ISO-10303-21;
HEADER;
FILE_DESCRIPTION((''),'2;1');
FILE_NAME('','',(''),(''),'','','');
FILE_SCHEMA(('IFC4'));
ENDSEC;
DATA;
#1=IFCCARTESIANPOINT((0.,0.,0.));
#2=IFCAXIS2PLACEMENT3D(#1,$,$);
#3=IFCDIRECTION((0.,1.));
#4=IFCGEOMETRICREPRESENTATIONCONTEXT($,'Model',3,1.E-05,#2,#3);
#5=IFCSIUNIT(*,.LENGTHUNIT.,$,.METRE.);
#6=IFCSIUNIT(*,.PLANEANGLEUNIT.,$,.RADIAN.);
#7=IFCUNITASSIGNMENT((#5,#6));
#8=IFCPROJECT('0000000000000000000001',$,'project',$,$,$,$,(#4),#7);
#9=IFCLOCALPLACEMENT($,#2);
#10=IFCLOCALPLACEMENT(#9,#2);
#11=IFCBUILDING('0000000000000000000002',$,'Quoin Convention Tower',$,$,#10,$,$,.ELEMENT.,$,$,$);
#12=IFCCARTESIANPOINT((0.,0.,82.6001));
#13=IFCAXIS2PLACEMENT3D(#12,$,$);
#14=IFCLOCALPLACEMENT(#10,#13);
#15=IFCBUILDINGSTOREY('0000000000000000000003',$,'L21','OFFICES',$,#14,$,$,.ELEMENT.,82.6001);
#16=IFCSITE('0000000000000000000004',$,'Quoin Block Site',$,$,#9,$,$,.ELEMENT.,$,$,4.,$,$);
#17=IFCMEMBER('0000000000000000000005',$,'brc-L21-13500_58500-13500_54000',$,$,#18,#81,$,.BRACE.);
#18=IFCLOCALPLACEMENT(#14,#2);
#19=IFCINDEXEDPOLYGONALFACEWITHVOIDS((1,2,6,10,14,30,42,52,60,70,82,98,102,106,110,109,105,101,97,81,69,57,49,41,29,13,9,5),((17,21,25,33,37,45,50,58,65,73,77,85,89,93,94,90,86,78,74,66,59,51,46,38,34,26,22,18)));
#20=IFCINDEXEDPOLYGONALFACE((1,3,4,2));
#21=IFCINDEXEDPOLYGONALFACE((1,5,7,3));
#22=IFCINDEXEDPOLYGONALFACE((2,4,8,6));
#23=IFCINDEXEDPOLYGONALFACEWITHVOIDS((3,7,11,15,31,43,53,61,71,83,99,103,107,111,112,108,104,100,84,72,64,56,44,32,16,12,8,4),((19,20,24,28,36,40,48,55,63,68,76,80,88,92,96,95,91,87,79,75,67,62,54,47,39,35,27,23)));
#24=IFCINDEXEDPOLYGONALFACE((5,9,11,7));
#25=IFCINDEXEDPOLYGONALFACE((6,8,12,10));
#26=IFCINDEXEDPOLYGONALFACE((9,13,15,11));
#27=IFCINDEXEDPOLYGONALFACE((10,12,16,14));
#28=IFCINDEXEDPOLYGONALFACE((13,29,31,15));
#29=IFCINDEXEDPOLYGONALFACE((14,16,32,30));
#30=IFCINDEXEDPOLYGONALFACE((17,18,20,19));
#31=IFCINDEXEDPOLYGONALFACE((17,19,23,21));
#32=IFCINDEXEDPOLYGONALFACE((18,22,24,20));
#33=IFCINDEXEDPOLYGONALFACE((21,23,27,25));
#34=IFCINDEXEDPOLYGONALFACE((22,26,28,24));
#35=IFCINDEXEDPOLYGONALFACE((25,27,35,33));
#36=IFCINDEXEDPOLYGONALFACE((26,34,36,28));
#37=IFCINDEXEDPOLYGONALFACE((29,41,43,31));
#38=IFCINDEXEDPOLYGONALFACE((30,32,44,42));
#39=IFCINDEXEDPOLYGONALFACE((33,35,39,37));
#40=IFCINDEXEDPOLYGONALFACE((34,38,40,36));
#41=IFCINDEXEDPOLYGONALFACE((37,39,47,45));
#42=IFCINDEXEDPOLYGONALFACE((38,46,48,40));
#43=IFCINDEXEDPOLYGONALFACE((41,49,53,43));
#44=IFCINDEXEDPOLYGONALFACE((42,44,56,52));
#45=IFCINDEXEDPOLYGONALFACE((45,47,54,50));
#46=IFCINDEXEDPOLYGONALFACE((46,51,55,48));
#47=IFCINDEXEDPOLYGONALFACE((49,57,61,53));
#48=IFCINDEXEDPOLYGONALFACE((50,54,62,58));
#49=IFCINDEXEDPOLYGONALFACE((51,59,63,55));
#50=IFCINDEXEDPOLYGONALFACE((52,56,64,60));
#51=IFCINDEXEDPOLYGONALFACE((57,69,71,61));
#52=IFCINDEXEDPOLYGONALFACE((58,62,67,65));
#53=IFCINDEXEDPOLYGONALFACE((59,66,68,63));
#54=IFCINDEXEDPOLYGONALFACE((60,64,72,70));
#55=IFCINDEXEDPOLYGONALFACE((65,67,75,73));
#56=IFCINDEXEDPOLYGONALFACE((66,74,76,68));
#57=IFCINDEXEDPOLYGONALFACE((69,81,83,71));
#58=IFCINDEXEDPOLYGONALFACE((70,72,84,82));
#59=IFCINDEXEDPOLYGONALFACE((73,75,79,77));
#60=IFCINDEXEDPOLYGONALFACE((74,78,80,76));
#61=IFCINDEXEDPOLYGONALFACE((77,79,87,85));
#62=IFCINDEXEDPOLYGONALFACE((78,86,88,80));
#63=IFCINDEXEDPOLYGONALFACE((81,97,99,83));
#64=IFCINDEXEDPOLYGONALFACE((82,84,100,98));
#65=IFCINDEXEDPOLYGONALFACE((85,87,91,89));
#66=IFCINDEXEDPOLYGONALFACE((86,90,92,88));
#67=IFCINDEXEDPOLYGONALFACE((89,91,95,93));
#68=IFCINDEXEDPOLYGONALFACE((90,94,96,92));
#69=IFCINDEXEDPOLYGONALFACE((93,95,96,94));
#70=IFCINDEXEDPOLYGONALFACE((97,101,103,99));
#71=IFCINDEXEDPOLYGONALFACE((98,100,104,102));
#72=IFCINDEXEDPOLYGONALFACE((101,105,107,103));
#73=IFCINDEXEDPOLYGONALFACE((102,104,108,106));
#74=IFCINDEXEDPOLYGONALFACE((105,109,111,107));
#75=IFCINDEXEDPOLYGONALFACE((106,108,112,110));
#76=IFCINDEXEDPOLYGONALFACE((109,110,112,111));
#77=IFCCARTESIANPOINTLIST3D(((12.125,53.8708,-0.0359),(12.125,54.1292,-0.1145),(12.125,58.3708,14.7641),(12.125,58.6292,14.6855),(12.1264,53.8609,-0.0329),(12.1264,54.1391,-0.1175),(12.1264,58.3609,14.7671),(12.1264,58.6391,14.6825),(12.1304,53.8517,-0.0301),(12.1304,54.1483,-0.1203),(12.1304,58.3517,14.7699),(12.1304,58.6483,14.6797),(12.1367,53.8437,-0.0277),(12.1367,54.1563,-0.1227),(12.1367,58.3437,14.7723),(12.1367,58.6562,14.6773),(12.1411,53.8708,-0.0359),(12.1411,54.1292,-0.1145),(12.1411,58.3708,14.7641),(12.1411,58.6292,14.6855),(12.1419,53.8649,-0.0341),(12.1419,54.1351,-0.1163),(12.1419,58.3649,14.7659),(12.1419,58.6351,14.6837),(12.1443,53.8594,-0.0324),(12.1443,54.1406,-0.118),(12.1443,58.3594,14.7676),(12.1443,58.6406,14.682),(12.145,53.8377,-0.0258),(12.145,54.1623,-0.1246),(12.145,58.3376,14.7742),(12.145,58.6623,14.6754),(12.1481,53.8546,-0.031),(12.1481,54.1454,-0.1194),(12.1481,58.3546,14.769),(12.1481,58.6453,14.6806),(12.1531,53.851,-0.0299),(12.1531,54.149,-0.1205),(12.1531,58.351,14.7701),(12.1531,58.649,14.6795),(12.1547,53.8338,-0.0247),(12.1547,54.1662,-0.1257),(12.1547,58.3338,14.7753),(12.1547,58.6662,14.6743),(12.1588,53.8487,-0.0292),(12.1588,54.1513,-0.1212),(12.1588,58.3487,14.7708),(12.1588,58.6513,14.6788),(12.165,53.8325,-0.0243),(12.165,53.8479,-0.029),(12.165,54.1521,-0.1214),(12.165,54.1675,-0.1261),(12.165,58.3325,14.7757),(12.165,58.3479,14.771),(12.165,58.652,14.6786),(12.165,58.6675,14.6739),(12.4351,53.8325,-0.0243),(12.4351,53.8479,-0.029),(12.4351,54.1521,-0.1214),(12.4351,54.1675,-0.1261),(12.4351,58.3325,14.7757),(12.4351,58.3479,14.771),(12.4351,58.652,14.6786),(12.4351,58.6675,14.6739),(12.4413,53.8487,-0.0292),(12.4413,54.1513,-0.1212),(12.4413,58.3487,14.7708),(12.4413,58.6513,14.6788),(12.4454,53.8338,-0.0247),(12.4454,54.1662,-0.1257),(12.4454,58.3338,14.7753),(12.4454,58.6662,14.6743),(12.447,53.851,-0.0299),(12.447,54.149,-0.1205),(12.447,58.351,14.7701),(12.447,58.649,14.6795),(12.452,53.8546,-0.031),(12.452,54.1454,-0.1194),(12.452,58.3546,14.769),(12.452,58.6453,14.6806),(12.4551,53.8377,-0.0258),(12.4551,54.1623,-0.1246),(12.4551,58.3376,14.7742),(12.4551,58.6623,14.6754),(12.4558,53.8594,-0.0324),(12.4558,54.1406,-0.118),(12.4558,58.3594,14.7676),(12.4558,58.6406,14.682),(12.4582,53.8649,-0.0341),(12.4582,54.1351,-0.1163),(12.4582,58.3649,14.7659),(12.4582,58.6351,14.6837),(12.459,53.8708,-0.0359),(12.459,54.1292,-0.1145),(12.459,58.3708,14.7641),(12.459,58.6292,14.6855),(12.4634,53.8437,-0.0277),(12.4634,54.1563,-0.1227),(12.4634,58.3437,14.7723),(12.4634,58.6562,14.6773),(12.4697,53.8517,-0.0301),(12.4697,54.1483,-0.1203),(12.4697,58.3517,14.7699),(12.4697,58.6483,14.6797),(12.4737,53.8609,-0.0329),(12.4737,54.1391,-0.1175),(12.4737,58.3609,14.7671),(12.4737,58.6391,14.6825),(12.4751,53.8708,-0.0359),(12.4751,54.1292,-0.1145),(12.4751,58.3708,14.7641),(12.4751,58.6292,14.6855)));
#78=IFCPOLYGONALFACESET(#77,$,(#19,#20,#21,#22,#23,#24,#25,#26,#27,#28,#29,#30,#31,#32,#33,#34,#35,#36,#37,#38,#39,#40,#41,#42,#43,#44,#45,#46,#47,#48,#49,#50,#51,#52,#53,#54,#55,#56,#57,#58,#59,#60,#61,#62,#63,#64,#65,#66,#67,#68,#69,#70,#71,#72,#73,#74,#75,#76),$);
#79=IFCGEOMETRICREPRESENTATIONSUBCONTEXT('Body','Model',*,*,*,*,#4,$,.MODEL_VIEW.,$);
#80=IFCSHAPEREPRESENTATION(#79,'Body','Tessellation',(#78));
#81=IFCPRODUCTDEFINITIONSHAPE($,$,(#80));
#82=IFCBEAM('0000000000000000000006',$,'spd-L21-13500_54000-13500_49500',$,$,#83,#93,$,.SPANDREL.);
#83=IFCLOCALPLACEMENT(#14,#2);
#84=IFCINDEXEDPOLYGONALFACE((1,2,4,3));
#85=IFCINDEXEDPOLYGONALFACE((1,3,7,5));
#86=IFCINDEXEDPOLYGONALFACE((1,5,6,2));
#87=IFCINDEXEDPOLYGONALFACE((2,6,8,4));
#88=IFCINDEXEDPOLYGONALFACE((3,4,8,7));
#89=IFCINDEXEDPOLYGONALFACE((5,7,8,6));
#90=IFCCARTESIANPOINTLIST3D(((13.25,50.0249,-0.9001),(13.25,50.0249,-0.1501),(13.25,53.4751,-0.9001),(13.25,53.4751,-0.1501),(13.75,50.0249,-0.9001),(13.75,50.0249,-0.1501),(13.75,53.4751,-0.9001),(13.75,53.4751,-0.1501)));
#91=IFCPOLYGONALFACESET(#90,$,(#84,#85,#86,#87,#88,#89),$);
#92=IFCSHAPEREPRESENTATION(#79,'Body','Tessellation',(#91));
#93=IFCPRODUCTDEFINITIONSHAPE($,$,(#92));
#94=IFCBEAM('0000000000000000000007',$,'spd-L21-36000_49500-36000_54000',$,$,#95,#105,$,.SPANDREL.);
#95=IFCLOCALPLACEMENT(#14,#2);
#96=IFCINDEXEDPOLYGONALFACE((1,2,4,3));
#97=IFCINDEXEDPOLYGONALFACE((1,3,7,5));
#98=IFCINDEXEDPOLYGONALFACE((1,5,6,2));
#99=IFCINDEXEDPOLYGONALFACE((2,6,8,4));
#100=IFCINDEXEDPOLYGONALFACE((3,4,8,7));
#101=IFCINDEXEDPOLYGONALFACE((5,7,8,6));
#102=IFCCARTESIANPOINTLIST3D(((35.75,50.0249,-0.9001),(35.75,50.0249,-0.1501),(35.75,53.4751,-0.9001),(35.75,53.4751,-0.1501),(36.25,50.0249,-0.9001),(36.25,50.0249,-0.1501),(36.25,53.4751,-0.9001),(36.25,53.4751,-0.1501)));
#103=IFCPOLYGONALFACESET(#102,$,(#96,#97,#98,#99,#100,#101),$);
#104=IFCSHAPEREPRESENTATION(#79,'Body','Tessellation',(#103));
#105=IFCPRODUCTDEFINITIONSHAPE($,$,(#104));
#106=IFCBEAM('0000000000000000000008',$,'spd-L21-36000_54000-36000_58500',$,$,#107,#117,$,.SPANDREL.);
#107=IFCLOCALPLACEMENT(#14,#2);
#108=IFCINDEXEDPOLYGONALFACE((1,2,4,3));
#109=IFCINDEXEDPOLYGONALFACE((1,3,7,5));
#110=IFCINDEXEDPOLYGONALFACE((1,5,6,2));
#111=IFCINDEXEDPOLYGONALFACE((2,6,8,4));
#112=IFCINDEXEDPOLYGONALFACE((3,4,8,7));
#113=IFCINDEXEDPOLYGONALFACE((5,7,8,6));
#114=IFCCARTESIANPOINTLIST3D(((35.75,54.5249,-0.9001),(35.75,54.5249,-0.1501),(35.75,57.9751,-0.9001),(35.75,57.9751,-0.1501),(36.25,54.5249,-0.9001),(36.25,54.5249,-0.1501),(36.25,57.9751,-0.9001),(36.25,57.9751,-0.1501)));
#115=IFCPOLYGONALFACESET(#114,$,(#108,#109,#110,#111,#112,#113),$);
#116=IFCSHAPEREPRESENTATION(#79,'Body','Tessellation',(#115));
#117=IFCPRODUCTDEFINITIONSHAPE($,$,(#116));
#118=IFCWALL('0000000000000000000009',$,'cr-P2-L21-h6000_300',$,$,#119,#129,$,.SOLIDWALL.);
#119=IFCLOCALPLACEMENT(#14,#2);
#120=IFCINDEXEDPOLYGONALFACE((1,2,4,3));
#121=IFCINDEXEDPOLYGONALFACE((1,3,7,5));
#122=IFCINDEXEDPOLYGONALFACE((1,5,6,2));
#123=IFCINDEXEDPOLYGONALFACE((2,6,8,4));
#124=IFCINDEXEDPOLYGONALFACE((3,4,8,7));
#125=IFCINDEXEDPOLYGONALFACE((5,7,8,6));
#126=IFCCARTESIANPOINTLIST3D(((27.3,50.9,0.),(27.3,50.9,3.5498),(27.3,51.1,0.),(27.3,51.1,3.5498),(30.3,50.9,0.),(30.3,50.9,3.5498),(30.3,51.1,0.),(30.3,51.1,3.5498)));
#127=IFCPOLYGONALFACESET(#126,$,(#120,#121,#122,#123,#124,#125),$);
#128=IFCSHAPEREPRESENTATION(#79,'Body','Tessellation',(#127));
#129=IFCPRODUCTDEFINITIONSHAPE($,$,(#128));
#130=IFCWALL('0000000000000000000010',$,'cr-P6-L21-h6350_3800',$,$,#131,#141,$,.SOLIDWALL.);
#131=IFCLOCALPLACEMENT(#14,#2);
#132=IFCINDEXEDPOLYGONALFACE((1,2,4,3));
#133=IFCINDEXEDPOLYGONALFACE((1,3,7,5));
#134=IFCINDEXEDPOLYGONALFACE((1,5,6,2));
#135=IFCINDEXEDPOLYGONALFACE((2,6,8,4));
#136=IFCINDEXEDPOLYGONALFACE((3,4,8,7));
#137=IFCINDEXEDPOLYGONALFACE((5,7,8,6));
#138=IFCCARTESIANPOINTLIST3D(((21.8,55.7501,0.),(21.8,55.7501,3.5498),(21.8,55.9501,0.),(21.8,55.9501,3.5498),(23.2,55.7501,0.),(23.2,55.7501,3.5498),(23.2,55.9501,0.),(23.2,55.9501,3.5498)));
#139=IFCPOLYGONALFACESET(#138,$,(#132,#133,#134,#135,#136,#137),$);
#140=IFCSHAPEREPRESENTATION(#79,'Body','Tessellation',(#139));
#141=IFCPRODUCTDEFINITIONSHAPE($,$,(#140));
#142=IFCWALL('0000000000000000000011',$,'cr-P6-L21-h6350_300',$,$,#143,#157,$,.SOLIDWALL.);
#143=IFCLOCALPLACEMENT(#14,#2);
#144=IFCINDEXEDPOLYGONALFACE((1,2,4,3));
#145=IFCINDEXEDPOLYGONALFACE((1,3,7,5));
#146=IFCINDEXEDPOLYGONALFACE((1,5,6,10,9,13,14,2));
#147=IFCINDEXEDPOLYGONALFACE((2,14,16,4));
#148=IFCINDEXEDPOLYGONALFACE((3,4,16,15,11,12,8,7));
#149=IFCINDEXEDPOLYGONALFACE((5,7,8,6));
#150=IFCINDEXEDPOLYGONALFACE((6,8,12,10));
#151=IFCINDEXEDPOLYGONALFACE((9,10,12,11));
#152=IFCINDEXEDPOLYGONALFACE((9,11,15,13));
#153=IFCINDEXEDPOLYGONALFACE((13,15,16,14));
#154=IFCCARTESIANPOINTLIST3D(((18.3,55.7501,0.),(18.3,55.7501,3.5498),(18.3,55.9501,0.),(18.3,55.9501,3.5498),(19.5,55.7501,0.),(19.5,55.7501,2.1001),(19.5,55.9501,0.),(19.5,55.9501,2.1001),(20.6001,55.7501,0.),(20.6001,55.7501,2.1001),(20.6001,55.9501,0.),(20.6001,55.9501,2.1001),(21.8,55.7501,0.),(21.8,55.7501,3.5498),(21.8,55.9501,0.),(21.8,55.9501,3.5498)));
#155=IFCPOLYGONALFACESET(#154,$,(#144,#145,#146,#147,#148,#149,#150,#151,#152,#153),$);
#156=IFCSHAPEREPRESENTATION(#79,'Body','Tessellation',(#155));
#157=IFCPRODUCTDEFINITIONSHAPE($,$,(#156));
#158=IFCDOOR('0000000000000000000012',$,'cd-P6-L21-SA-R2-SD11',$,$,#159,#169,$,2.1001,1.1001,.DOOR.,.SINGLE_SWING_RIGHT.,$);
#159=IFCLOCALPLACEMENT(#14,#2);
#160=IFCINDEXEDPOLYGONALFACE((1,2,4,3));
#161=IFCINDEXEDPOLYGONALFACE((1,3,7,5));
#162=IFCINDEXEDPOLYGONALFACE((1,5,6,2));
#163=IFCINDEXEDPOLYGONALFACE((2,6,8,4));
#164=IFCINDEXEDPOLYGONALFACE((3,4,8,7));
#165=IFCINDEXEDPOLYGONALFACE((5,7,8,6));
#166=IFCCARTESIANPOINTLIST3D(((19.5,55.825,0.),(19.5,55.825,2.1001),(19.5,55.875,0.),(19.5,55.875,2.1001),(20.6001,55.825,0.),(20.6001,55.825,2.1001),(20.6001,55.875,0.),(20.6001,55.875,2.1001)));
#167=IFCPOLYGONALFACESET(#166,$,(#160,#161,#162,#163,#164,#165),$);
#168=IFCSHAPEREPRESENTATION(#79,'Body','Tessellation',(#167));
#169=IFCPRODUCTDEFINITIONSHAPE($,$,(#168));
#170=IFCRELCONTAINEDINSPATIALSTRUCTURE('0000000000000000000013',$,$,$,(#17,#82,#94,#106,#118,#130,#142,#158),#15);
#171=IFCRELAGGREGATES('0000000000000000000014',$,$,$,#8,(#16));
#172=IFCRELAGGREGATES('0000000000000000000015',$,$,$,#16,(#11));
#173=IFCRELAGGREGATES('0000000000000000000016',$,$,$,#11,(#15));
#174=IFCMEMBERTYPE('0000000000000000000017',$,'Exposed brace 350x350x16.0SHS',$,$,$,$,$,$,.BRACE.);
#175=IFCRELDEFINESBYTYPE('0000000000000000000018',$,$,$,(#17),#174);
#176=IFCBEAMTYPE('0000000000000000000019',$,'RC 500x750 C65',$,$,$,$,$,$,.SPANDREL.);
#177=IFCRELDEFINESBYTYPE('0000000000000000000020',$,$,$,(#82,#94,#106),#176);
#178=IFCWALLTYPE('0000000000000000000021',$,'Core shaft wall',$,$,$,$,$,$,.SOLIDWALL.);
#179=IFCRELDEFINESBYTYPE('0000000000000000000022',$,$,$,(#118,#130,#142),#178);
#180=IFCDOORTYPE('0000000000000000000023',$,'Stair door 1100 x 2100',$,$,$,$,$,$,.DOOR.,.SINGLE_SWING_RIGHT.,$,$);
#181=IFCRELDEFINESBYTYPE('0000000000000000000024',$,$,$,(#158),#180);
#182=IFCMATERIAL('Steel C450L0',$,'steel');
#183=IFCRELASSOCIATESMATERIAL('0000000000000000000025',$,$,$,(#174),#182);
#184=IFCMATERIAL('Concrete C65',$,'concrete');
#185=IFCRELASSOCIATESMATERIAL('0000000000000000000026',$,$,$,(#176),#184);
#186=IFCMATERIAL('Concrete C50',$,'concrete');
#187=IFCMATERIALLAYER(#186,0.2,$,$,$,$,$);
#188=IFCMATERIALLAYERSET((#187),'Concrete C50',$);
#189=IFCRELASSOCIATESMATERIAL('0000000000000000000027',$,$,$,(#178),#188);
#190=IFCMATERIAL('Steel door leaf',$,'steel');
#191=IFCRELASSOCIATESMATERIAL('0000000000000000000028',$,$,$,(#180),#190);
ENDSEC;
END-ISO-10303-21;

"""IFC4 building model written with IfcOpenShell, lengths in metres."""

from ifc_helpers import new_model, si_unit, direction, frame, frame_2d, origin, origin_2d, place, context, subcontext, project, spatial, rectangle, hollow_rectangle, extrude, material, layer, layer_set, material_profile, profile_set, type_object, element, fill, save


model = new_model("IFC4")

# Units and contexts
model_context = context("Model", 3, precision=1e-05, world=origin(), true_north=direction((0.0, 1.0)))
body_context = subcontext(model_context, "Body", "Model", "MODEL_VIEW")
ifc_project = project(units=[si_unit("LENGTHUNIT", "METRE"), si_unit("PLANEANGLEUNIT", "RADIAN")], contexts=[model_context])

# Site, building, storey
site_placement = place(None, origin())
site = spatial("IfcSite", under=ifc_project, at=site_placement, Name="Quoin Block Site", CompositionType="ELEMENT", RefElevation=4.0)
building_placement = place(site_placement, origin())
building = spatial("IfcBuilding", under=site, at=building_placement, Name="Quoin Convention Tower", CompositionType="ELEMENT")
storey_placement = place(building_placement, frame((0.0, 0.0, 82.6001)))
storey = spatial("IfcBuildingStorey", under=building, at=storey_placement, Name="L21", Description="OFFICES", CompositionType="ELEMENT", Elevation=82.6001)

# Shared definitions
ifc_material_1 = material(Name="Concrete C65", Category="concrete")

# Shared definitions
ifc_material_2 = material(Name="Steel C450L0", Category="steel")

# Member
ifc_material_profile_1 = material_profile(ifc_material_2, hollow_rectangle(XDim=0.3501, YDim=0.3501, WallThickness=0.0161, InnerFilletRadius=0.0239, OuterFilletRadius=0.04, at=origin_2d()), Name="350x350x16.0SHS")
ifc_profile_set_1 = profile_set([ifc_material_profile_1], Name="Steel C450L0")
member_type = type_object("IfcMemberType", Name="Exposed brace 350x350x16.0SHS", PredefinedType="BRACE", material=ifc_profile_set_1)
member_placement = place(storey_placement, frame((12.3, 54.0, -0.0752), z_axis=(0.0, 0.290903, 0.956752), x_axis=(-1.0, 0.0, 0.0)))
element("IfcMember", 1, at=member_placement, inside=storey, type_object=member_type, Name="brc-L21-13500_58500-13500_54000", PredefinedType="BRACE", context=body_context, shape_type="SweptSolid", body=[
    extrude(hollow_rectangle(XDim=0.3501, YDim=0.3501, WallThickness=0.0161, InnerFilletRadius=0.0239, OuterFilletRadius=0.04, at=origin_2d()), origin(), (0.0, 0.0, 1.0), 15.469),
])

# Beams
ifc_material_profile_2 = material_profile(ifc_material_1, rectangle(XDim=0.5, YDim=0.75, at=origin_2d()), Name="RC 500x750")
ifc_profile_set_2 = profile_set([ifc_material_profile_2], Name="Concrete C65")
beam_type_1 = type_object("IfcBeamType", Name="RC 500x750 C65", PredefinedType="SPANDREL", material=ifc_profile_set_2)
for number, where, z_axis, x_axis, name in (
    (2, (13.5, 53.4751, -0.5251), (0.0, -1.0, 0.0), (1.0, 0.0, 0.0), "spd-L21-13500_54000-13500_49500"),
    (3, (36.0, 50.0249, -0.5251), (0.0, 1.0, 0.0), (-1.0, 0.0, 0.0), "spd-L21-36000_49500-36000_54000"),
    (4, (36.0, 54.5249, -0.5251), (0.0, 1.0, 0.0), (-1.0, 0.0, 0.0), "spd-L21-36000_54000-36000_58500"),
):
    element("IfcBeam", number, at=place(storey_placement, frame(where, z_axis=z_axis, x_axis=x_axis)), inside=storey, type_object=beam_type_1, Name=name, PredefinedType="SPANDREL", context=body_context, shape_type="SweptSolid", body=[
        extrude(rectangle(XDim=0.5, YDim=0.75, at=origin_2d()), origin(), (0.0, 0.0, 1.0), 3.4502),
    ])

# Walls
ifc_material_3 = material(Name="Concrete C50", Category="concrete")
ifc_layer_1 = layer(ifc_material_3, 0.2)
ifc_layer_set_1 = layer_set([ifc_layer_1], Name="Concrete C50")
wall_type_1 = type_object("IfcWallType", Name="Core shaft wall", PredefinedType="SOLIDWALL", material=ifc_layer_set_1)
wall_1_placement = place(storey_placement, frame((27.3, 51.0, 0.0), z_axis=(0.0, 0.0, 1.0), x_axis=(1.0, 0.0, 0.0)))
element("IfcWall", 5, at=wall_1_placement, inside=storey, type_object=wall_type_1, Name="cr-P2-L21-h6000_300", PredefinedType="SOLIDWALL", context=body_context, shape_type="SweptSolid", body=[
    extrude(rectangle(XDim=3.0, YDim=0.2, at=frame_2d((1.5, 0.0))), origin(), (0.0, 0.0, 1.0), 3.5498),
])
wall_2_placement = place(storey_placement, frame((21.8, 55.8501, 0.0), z_axis=(0.0, 0.0, 1.0), x_axis=(1.0, 0.0, 0.0)))
element("IfcWall", 6, at=wall_2_placement, inside=storey, type_object=wall_type_1, Name="cr-P6-L21-h6350_3800", PredefinedType="SOLIDWALL", context=body_context, shape_type="SweptSolid", body=[
    extrude(rectangle(XDim=1.3999, YDim=0.2, at=frame_2d((0.7, 0.0))), origin(), (0.0, 0.0, 1.0), 3.5498),
])

# Wall, opening, door
wall_3_placement = place(storey_placement, frame((18.3, 55.8501, 0.0), z_axis=(0.0, 0.0, 1.0), x_axis=(1.0, 0.0, 0.0)))
wall_3 = element("IfcWall", 7, at=wall_3_placement, inside=storey, type_object=wall_type_1, Name="cr-P6-L21-h6350_300", PredefinedType="SOLIDWALL", context=body_context, shape_type="SweptSolid", body=[
    extrude(rectangle(XDim=3.5, YDim=0.2, at=frame_2d((1.75, 0.0))), origin(), (0.0, 0.0, 1.0), 3.5498),
])
opening_1_placement = place(wall_3_placement, frame((1.2, 0.0, 0.0)))
opening_1 = element("IfcOpeningElement", 8, at=opening_1_placement, cuts=wall_3, PredefinedType="OPENING", context=body_context, shape_type="SweptSolid", body=[
    extrude(rectangle(XDim=1.1001, YDim=2.1001, at=frame_2d((0.55, 1.05))), frame((0.0, 0.1099, 0.0), z_axis=(0.0, -1.0, 0.0), x_axis=(1.0, 0.0, 0.0)), (0.0, 0.0, 1.0), 0.22),
])
ifc_material_4 = material(Name="Steel door leaf", Category="steel")
door_type_1 = type_object("IfcDoorType", Name="Stair door 1100 x 2100", OperationType="SINGLE_SWING_RIGHT", PredefinedType="DOOR", material=ifc_material_4)
door_1_placement = place(opening_1_placement, origin())
door_1 = element("IfcDoor", 9, at=door_1_placement, inside=storey, type_object=door_type_1, Name="cd-P6-L21-SA-R2-SD11", OperationType="SINGLE_SWING_RIGHT", OverallHeight=2.1001, OverallWidth=1.1001, PredefinedType="DOOR", context=body_context, shape_type="SweptSolid", body=[
    extrude(rectangle(XDim=1.1001, YDim=2.1001, at=frame_2d((0.55, 1.05))), frame((0.0, 0.0249, 0.0), z_axis=(0.0, -1.0, 0.0), x_axis=(1.0, 0.0, 0.0)), (0.0, 0.0, 1.0), 0.05),
])
fill(opening_1, door_1)

save(model, "model.ifc")
